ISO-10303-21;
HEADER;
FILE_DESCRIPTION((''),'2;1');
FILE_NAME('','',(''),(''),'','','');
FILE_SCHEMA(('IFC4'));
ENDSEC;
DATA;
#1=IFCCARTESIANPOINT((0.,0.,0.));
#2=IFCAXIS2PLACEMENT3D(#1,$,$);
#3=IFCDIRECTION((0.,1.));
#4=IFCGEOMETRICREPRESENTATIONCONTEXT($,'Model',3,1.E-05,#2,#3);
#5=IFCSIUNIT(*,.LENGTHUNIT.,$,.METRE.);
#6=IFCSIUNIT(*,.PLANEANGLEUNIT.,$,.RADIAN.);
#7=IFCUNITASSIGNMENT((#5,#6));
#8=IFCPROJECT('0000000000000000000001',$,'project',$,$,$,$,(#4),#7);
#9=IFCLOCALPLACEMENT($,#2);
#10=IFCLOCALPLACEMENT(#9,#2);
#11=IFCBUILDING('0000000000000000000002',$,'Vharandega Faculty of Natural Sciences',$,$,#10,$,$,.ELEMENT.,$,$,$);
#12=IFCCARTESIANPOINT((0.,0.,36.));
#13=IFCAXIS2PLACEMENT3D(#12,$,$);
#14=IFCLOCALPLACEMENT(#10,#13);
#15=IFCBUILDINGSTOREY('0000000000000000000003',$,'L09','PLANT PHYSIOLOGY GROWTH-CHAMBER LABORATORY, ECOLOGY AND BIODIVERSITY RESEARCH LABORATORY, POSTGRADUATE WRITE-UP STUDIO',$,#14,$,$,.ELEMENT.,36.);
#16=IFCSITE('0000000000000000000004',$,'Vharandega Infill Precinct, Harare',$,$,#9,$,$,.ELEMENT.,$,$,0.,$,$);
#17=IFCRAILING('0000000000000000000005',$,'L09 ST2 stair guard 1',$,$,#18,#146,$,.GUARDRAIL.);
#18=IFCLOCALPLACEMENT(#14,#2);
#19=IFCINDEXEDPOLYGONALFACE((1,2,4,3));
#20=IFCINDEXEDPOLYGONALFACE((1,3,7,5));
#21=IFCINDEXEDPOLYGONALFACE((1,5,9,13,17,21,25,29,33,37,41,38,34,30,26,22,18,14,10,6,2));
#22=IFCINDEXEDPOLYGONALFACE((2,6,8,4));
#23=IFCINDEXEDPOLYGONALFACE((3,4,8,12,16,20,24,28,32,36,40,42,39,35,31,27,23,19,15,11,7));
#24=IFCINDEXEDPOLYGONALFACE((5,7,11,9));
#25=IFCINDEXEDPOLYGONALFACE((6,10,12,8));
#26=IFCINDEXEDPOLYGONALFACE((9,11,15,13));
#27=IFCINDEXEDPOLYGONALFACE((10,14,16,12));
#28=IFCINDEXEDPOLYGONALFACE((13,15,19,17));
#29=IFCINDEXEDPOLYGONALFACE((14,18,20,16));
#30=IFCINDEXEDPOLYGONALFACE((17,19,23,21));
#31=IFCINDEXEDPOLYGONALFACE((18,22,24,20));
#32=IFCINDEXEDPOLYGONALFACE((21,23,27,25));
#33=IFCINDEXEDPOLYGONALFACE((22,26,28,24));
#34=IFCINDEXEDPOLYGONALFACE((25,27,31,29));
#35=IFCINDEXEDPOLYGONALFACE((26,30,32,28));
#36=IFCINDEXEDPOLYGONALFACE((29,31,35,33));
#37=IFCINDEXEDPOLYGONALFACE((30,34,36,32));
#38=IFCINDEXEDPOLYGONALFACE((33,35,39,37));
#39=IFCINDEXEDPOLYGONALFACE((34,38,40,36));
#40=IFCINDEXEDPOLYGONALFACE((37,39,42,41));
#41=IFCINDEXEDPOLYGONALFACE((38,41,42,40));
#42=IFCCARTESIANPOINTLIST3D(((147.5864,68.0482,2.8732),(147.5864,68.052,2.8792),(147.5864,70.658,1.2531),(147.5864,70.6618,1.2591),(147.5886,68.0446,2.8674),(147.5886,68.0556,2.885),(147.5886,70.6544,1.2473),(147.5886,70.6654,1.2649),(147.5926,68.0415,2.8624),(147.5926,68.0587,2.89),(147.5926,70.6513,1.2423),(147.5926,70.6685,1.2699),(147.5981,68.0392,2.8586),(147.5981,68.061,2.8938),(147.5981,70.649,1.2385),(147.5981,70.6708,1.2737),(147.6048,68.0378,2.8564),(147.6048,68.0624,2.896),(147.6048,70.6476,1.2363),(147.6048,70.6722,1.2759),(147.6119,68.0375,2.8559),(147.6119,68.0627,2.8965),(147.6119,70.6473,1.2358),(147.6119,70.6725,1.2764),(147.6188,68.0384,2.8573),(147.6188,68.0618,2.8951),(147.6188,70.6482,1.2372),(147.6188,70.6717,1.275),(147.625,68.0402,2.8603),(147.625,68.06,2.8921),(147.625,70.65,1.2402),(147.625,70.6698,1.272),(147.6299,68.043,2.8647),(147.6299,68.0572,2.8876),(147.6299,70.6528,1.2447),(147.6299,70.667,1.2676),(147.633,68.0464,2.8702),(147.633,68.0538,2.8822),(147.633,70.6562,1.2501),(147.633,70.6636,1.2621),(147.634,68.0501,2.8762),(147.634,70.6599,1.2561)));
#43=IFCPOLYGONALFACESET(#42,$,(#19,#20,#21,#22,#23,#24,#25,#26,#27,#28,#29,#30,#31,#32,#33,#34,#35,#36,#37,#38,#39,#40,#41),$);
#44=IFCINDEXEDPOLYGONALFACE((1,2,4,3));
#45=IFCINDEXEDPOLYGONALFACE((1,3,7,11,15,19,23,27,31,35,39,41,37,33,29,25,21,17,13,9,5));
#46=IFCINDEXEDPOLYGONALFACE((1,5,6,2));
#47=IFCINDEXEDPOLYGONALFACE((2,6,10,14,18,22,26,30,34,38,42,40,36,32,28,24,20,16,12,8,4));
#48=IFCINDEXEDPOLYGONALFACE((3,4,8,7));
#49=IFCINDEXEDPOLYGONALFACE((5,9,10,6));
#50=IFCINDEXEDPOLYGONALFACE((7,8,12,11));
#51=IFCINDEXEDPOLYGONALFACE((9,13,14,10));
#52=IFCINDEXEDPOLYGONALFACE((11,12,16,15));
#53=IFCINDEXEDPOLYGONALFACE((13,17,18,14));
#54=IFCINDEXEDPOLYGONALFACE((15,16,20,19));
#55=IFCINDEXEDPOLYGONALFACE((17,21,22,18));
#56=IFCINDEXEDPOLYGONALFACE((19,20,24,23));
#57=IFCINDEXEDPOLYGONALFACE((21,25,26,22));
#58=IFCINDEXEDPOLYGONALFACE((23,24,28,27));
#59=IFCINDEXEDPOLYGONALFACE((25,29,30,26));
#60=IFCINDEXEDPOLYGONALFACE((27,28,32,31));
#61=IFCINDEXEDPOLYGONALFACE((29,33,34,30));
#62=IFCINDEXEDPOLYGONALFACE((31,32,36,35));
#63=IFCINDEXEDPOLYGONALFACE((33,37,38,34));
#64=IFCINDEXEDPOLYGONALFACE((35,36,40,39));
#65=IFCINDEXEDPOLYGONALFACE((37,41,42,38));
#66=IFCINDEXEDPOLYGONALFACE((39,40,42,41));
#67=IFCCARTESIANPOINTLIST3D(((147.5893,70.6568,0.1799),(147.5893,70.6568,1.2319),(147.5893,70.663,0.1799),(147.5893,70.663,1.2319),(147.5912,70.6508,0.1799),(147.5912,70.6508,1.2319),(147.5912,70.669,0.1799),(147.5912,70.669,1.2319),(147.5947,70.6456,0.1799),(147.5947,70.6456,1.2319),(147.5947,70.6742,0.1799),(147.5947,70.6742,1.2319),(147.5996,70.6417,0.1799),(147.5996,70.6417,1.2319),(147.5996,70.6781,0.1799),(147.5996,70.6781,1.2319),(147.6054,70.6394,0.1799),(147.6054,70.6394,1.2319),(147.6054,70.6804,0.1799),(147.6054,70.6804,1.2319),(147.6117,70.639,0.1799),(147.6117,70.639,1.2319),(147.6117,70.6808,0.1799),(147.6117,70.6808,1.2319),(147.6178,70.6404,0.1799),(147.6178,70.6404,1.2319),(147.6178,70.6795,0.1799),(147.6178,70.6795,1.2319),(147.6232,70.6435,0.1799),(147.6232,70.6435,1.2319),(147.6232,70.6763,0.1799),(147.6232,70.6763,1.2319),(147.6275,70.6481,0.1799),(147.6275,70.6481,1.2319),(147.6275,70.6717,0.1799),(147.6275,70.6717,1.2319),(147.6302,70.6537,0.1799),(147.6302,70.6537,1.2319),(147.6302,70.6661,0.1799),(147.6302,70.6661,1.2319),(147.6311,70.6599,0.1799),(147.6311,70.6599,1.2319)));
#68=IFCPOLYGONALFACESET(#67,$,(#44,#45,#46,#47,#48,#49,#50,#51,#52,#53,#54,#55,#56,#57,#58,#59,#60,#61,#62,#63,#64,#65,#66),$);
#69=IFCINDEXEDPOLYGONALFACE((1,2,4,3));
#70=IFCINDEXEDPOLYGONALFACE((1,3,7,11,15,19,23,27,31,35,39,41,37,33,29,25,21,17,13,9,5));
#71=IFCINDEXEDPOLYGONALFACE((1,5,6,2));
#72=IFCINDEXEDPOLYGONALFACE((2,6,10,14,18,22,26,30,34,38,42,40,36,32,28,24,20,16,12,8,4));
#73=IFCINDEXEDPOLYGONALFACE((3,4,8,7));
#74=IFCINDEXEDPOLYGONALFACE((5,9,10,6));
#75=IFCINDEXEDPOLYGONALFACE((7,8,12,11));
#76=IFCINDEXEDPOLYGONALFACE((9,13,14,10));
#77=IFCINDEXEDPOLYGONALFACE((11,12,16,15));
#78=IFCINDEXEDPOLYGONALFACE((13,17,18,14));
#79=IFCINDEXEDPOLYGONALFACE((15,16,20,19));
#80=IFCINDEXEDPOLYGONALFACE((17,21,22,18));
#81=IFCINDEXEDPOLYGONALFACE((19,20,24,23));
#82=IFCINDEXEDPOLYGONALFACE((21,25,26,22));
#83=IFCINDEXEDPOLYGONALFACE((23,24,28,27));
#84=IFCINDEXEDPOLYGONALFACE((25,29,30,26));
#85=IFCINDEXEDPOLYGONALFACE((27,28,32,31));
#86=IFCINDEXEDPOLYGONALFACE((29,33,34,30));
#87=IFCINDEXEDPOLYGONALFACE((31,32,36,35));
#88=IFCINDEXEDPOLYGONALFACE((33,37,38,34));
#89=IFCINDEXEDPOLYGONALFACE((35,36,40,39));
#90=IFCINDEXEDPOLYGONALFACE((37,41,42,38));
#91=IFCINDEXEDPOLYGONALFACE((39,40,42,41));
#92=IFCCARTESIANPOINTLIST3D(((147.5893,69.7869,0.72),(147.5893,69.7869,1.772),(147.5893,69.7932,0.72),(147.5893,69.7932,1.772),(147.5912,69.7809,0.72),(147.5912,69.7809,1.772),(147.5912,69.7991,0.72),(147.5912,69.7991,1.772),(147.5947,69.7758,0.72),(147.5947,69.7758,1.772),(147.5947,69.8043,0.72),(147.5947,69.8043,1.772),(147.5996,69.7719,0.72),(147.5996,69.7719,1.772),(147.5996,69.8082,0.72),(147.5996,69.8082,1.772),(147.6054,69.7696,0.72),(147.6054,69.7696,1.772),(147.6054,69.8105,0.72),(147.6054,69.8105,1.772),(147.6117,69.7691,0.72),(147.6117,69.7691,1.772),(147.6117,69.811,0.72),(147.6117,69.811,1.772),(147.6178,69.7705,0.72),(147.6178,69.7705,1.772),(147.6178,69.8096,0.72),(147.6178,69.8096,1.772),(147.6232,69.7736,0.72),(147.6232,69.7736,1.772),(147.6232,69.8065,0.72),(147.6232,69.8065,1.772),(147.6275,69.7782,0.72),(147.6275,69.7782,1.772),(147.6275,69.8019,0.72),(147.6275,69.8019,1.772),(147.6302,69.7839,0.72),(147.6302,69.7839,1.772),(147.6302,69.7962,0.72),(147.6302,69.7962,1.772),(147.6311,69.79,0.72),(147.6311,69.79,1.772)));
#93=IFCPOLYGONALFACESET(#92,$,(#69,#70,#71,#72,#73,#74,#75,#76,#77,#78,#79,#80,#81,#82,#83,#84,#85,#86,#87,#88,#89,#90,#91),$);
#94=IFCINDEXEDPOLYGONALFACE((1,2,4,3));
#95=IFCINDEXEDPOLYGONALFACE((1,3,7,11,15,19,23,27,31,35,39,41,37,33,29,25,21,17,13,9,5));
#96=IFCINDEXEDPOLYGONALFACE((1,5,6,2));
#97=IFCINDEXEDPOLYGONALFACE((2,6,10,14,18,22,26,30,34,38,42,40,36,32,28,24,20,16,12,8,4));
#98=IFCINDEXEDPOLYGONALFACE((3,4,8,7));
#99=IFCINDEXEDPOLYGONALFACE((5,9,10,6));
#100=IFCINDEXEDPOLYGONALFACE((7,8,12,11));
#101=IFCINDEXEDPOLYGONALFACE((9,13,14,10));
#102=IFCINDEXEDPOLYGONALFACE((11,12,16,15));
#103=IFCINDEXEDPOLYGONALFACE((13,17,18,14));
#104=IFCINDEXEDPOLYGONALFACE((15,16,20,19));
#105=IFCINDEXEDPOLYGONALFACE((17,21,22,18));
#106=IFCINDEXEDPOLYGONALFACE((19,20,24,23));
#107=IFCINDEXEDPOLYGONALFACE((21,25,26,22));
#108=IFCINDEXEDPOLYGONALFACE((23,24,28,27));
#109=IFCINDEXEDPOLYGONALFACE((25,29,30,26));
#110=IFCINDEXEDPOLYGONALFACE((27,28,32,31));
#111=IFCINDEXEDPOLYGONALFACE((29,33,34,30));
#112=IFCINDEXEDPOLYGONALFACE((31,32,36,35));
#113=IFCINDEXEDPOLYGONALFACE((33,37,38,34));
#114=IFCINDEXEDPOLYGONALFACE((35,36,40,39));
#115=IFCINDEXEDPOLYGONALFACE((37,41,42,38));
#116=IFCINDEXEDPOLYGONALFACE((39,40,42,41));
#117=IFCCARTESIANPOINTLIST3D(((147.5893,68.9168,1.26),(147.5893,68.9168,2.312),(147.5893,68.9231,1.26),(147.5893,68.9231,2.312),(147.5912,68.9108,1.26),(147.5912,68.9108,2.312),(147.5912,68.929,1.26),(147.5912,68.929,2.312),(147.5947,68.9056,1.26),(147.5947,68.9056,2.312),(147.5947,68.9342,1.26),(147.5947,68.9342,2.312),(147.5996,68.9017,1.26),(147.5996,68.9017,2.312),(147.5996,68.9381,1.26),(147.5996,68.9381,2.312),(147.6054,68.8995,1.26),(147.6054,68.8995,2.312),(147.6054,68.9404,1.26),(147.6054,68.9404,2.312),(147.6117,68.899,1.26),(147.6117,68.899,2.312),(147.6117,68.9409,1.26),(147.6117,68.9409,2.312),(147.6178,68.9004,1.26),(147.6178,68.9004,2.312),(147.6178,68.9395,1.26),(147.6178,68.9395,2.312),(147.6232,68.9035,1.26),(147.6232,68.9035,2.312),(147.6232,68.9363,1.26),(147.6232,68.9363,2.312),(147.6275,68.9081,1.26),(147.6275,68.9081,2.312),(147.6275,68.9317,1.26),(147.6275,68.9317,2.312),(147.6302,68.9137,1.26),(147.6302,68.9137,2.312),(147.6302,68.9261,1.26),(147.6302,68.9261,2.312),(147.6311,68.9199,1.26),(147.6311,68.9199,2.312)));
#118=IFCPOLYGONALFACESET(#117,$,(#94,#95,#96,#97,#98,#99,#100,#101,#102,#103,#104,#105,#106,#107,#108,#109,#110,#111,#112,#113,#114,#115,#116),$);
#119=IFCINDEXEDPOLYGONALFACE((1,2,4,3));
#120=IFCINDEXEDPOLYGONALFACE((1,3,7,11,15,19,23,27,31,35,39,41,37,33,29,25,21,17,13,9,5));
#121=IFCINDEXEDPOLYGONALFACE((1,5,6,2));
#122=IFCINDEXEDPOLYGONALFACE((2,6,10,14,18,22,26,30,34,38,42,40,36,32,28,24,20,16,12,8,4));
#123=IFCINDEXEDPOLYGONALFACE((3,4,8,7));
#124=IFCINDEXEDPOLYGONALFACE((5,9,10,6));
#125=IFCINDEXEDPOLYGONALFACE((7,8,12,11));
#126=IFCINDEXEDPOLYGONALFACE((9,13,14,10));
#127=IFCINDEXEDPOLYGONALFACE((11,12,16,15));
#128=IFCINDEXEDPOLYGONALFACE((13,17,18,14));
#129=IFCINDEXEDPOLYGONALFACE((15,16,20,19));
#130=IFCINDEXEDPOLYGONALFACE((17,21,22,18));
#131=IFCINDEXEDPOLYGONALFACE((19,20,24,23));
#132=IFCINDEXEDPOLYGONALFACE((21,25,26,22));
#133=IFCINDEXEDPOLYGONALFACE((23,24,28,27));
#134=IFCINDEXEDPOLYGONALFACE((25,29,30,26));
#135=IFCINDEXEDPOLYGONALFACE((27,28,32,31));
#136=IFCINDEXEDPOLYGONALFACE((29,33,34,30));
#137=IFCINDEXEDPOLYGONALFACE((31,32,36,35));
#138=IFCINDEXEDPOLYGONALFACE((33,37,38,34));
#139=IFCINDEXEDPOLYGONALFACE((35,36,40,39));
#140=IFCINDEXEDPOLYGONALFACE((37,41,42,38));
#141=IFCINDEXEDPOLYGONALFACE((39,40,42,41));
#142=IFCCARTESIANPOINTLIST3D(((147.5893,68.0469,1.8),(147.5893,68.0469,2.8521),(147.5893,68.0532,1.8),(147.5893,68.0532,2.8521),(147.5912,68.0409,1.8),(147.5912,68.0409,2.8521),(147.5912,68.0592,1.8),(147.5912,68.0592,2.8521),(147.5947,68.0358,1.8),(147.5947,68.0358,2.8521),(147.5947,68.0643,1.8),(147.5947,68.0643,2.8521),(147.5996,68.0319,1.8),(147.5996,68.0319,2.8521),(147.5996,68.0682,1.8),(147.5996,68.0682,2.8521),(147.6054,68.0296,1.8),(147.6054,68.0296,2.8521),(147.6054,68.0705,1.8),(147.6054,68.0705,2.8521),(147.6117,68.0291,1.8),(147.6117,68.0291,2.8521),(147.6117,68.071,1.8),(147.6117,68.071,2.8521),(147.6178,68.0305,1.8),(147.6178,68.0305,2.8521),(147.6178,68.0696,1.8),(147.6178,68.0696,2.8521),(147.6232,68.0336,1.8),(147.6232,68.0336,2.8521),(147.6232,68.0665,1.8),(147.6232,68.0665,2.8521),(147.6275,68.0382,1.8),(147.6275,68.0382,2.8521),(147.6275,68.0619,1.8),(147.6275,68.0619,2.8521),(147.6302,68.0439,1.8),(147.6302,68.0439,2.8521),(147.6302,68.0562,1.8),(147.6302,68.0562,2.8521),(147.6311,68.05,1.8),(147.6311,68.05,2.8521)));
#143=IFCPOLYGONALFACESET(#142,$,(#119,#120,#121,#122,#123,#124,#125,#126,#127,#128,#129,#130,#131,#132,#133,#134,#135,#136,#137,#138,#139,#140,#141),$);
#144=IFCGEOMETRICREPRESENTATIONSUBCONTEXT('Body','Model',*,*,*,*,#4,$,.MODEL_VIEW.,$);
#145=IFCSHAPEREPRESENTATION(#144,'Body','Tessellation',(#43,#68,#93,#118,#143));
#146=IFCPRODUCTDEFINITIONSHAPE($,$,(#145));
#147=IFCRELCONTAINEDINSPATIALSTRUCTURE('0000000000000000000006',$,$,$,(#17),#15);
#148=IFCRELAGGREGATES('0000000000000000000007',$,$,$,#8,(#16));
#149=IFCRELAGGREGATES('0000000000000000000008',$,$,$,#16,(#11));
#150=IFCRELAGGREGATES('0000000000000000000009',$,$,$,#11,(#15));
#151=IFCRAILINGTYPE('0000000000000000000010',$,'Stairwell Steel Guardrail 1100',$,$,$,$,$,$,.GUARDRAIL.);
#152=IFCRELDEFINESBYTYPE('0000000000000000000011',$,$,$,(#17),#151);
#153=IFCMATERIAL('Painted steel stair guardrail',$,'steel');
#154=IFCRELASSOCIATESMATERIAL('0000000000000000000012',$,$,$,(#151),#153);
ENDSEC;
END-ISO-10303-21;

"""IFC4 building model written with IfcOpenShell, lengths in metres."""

from ifc_helpers import new_model, si_unit, direction, frame, origin, origin_2d, place, context, subcontext, project, spatial, circle, extrude, material, type_object, element, save


model = new_model("IFC4")

# Units and contexts
model_context = context("Model", 3, precision=1e-05, world=origin(), true_north=direction((0.0, 1.0)))
body_context = subcontext(model_context, "Body", "Model", "MODEL_VIEW")
ifc_project = project(units=[si_unit("LENGTHUNIT", "METRE"), si_unit("PLANEANGLEUNIT", "RADIAN")], contexts=[model_context])

# Site, building, storey
site_placement = place(None, origin())
site = spatial("IfcSite", under=ifc_project, at=site_placement, Name="Vharandega Infill Precinct, Harare", CompositionType="ELEMENT", RefElevation=0.0)
building_placement = place(site_placement, origin())
building = spatial("IfcBuilding", under=site, at=building_placement, Name="Vharandega Faculty of Natural Sciences", CompositionType="ELEMENT")
storey_placement = place(building_placement, frame((0.0, 0.0, 36.0)))
storey = spatial("IfcBuildingStorey", under=building, at=storey_placement, Name="L09", Description="PLANT PHYSIOLOGY GROWTH-CHAMBER LABORATORY, ECOLOGY AND BIODIVERSITY RESEARCH LABORATORY, POSTGRADUATE WRITE-UP STUDIO", CompositionType="ELEMENT", Elevation=36.0)

# Railing
ifc_material_1 = material(Name="Painted steel stair guardrail", Category="steel")
railing_type_1 = type_object("IfcRailingType", Name="Stairwell Steel Guardrail 1100", PredefinedType="GUARDRAIL", material=ifc_material_1)
railing_1_placement = place(storey_placement, frame((147.6101, 70.6599, 0.1799)))
element("IfcRailing", 1, at=railing_1_placement, inside=storey, type_object=railing_type_1, Name="L09 ST2 stair guard 1", PredefinedType="GUARDRAIL", context=body_context, shape_type="SweptSolid", body=[
    extrude(circle(Radius=0.0239, at=origin_2d()), frame((0.0, 0.0, 1.0762), z_axis=(0.0, -0.849611, 0.52741), x_axis=(1.0, 0.0, 0.0)), (0.0, 0.0, 1.0), 3.0718),
    extrude(circle(Radius=0.021, at=origin_2d()), origin(), (0.0, 0.0, 1.0), 1.052),
    extrude(circle(Radius=0.021, at=origin_2d()), frame((0.0, -0.8699, 0.54)), (0.0, 0.0, 1.0), 1.052),
    extrude(circle(Radius=0.021, at=origin_2d()), frame((0.0, -1.74, 1.0801)), (0.0, 0.0, 1.0), 1.052),
    extrude(circle(Radius=0.021, at=origin_2d()), frame((0.0, -2.6099, 1.6201)), (0.0, 0.0, 1.0), 1.052),
])

save(model, "model.ifc")
